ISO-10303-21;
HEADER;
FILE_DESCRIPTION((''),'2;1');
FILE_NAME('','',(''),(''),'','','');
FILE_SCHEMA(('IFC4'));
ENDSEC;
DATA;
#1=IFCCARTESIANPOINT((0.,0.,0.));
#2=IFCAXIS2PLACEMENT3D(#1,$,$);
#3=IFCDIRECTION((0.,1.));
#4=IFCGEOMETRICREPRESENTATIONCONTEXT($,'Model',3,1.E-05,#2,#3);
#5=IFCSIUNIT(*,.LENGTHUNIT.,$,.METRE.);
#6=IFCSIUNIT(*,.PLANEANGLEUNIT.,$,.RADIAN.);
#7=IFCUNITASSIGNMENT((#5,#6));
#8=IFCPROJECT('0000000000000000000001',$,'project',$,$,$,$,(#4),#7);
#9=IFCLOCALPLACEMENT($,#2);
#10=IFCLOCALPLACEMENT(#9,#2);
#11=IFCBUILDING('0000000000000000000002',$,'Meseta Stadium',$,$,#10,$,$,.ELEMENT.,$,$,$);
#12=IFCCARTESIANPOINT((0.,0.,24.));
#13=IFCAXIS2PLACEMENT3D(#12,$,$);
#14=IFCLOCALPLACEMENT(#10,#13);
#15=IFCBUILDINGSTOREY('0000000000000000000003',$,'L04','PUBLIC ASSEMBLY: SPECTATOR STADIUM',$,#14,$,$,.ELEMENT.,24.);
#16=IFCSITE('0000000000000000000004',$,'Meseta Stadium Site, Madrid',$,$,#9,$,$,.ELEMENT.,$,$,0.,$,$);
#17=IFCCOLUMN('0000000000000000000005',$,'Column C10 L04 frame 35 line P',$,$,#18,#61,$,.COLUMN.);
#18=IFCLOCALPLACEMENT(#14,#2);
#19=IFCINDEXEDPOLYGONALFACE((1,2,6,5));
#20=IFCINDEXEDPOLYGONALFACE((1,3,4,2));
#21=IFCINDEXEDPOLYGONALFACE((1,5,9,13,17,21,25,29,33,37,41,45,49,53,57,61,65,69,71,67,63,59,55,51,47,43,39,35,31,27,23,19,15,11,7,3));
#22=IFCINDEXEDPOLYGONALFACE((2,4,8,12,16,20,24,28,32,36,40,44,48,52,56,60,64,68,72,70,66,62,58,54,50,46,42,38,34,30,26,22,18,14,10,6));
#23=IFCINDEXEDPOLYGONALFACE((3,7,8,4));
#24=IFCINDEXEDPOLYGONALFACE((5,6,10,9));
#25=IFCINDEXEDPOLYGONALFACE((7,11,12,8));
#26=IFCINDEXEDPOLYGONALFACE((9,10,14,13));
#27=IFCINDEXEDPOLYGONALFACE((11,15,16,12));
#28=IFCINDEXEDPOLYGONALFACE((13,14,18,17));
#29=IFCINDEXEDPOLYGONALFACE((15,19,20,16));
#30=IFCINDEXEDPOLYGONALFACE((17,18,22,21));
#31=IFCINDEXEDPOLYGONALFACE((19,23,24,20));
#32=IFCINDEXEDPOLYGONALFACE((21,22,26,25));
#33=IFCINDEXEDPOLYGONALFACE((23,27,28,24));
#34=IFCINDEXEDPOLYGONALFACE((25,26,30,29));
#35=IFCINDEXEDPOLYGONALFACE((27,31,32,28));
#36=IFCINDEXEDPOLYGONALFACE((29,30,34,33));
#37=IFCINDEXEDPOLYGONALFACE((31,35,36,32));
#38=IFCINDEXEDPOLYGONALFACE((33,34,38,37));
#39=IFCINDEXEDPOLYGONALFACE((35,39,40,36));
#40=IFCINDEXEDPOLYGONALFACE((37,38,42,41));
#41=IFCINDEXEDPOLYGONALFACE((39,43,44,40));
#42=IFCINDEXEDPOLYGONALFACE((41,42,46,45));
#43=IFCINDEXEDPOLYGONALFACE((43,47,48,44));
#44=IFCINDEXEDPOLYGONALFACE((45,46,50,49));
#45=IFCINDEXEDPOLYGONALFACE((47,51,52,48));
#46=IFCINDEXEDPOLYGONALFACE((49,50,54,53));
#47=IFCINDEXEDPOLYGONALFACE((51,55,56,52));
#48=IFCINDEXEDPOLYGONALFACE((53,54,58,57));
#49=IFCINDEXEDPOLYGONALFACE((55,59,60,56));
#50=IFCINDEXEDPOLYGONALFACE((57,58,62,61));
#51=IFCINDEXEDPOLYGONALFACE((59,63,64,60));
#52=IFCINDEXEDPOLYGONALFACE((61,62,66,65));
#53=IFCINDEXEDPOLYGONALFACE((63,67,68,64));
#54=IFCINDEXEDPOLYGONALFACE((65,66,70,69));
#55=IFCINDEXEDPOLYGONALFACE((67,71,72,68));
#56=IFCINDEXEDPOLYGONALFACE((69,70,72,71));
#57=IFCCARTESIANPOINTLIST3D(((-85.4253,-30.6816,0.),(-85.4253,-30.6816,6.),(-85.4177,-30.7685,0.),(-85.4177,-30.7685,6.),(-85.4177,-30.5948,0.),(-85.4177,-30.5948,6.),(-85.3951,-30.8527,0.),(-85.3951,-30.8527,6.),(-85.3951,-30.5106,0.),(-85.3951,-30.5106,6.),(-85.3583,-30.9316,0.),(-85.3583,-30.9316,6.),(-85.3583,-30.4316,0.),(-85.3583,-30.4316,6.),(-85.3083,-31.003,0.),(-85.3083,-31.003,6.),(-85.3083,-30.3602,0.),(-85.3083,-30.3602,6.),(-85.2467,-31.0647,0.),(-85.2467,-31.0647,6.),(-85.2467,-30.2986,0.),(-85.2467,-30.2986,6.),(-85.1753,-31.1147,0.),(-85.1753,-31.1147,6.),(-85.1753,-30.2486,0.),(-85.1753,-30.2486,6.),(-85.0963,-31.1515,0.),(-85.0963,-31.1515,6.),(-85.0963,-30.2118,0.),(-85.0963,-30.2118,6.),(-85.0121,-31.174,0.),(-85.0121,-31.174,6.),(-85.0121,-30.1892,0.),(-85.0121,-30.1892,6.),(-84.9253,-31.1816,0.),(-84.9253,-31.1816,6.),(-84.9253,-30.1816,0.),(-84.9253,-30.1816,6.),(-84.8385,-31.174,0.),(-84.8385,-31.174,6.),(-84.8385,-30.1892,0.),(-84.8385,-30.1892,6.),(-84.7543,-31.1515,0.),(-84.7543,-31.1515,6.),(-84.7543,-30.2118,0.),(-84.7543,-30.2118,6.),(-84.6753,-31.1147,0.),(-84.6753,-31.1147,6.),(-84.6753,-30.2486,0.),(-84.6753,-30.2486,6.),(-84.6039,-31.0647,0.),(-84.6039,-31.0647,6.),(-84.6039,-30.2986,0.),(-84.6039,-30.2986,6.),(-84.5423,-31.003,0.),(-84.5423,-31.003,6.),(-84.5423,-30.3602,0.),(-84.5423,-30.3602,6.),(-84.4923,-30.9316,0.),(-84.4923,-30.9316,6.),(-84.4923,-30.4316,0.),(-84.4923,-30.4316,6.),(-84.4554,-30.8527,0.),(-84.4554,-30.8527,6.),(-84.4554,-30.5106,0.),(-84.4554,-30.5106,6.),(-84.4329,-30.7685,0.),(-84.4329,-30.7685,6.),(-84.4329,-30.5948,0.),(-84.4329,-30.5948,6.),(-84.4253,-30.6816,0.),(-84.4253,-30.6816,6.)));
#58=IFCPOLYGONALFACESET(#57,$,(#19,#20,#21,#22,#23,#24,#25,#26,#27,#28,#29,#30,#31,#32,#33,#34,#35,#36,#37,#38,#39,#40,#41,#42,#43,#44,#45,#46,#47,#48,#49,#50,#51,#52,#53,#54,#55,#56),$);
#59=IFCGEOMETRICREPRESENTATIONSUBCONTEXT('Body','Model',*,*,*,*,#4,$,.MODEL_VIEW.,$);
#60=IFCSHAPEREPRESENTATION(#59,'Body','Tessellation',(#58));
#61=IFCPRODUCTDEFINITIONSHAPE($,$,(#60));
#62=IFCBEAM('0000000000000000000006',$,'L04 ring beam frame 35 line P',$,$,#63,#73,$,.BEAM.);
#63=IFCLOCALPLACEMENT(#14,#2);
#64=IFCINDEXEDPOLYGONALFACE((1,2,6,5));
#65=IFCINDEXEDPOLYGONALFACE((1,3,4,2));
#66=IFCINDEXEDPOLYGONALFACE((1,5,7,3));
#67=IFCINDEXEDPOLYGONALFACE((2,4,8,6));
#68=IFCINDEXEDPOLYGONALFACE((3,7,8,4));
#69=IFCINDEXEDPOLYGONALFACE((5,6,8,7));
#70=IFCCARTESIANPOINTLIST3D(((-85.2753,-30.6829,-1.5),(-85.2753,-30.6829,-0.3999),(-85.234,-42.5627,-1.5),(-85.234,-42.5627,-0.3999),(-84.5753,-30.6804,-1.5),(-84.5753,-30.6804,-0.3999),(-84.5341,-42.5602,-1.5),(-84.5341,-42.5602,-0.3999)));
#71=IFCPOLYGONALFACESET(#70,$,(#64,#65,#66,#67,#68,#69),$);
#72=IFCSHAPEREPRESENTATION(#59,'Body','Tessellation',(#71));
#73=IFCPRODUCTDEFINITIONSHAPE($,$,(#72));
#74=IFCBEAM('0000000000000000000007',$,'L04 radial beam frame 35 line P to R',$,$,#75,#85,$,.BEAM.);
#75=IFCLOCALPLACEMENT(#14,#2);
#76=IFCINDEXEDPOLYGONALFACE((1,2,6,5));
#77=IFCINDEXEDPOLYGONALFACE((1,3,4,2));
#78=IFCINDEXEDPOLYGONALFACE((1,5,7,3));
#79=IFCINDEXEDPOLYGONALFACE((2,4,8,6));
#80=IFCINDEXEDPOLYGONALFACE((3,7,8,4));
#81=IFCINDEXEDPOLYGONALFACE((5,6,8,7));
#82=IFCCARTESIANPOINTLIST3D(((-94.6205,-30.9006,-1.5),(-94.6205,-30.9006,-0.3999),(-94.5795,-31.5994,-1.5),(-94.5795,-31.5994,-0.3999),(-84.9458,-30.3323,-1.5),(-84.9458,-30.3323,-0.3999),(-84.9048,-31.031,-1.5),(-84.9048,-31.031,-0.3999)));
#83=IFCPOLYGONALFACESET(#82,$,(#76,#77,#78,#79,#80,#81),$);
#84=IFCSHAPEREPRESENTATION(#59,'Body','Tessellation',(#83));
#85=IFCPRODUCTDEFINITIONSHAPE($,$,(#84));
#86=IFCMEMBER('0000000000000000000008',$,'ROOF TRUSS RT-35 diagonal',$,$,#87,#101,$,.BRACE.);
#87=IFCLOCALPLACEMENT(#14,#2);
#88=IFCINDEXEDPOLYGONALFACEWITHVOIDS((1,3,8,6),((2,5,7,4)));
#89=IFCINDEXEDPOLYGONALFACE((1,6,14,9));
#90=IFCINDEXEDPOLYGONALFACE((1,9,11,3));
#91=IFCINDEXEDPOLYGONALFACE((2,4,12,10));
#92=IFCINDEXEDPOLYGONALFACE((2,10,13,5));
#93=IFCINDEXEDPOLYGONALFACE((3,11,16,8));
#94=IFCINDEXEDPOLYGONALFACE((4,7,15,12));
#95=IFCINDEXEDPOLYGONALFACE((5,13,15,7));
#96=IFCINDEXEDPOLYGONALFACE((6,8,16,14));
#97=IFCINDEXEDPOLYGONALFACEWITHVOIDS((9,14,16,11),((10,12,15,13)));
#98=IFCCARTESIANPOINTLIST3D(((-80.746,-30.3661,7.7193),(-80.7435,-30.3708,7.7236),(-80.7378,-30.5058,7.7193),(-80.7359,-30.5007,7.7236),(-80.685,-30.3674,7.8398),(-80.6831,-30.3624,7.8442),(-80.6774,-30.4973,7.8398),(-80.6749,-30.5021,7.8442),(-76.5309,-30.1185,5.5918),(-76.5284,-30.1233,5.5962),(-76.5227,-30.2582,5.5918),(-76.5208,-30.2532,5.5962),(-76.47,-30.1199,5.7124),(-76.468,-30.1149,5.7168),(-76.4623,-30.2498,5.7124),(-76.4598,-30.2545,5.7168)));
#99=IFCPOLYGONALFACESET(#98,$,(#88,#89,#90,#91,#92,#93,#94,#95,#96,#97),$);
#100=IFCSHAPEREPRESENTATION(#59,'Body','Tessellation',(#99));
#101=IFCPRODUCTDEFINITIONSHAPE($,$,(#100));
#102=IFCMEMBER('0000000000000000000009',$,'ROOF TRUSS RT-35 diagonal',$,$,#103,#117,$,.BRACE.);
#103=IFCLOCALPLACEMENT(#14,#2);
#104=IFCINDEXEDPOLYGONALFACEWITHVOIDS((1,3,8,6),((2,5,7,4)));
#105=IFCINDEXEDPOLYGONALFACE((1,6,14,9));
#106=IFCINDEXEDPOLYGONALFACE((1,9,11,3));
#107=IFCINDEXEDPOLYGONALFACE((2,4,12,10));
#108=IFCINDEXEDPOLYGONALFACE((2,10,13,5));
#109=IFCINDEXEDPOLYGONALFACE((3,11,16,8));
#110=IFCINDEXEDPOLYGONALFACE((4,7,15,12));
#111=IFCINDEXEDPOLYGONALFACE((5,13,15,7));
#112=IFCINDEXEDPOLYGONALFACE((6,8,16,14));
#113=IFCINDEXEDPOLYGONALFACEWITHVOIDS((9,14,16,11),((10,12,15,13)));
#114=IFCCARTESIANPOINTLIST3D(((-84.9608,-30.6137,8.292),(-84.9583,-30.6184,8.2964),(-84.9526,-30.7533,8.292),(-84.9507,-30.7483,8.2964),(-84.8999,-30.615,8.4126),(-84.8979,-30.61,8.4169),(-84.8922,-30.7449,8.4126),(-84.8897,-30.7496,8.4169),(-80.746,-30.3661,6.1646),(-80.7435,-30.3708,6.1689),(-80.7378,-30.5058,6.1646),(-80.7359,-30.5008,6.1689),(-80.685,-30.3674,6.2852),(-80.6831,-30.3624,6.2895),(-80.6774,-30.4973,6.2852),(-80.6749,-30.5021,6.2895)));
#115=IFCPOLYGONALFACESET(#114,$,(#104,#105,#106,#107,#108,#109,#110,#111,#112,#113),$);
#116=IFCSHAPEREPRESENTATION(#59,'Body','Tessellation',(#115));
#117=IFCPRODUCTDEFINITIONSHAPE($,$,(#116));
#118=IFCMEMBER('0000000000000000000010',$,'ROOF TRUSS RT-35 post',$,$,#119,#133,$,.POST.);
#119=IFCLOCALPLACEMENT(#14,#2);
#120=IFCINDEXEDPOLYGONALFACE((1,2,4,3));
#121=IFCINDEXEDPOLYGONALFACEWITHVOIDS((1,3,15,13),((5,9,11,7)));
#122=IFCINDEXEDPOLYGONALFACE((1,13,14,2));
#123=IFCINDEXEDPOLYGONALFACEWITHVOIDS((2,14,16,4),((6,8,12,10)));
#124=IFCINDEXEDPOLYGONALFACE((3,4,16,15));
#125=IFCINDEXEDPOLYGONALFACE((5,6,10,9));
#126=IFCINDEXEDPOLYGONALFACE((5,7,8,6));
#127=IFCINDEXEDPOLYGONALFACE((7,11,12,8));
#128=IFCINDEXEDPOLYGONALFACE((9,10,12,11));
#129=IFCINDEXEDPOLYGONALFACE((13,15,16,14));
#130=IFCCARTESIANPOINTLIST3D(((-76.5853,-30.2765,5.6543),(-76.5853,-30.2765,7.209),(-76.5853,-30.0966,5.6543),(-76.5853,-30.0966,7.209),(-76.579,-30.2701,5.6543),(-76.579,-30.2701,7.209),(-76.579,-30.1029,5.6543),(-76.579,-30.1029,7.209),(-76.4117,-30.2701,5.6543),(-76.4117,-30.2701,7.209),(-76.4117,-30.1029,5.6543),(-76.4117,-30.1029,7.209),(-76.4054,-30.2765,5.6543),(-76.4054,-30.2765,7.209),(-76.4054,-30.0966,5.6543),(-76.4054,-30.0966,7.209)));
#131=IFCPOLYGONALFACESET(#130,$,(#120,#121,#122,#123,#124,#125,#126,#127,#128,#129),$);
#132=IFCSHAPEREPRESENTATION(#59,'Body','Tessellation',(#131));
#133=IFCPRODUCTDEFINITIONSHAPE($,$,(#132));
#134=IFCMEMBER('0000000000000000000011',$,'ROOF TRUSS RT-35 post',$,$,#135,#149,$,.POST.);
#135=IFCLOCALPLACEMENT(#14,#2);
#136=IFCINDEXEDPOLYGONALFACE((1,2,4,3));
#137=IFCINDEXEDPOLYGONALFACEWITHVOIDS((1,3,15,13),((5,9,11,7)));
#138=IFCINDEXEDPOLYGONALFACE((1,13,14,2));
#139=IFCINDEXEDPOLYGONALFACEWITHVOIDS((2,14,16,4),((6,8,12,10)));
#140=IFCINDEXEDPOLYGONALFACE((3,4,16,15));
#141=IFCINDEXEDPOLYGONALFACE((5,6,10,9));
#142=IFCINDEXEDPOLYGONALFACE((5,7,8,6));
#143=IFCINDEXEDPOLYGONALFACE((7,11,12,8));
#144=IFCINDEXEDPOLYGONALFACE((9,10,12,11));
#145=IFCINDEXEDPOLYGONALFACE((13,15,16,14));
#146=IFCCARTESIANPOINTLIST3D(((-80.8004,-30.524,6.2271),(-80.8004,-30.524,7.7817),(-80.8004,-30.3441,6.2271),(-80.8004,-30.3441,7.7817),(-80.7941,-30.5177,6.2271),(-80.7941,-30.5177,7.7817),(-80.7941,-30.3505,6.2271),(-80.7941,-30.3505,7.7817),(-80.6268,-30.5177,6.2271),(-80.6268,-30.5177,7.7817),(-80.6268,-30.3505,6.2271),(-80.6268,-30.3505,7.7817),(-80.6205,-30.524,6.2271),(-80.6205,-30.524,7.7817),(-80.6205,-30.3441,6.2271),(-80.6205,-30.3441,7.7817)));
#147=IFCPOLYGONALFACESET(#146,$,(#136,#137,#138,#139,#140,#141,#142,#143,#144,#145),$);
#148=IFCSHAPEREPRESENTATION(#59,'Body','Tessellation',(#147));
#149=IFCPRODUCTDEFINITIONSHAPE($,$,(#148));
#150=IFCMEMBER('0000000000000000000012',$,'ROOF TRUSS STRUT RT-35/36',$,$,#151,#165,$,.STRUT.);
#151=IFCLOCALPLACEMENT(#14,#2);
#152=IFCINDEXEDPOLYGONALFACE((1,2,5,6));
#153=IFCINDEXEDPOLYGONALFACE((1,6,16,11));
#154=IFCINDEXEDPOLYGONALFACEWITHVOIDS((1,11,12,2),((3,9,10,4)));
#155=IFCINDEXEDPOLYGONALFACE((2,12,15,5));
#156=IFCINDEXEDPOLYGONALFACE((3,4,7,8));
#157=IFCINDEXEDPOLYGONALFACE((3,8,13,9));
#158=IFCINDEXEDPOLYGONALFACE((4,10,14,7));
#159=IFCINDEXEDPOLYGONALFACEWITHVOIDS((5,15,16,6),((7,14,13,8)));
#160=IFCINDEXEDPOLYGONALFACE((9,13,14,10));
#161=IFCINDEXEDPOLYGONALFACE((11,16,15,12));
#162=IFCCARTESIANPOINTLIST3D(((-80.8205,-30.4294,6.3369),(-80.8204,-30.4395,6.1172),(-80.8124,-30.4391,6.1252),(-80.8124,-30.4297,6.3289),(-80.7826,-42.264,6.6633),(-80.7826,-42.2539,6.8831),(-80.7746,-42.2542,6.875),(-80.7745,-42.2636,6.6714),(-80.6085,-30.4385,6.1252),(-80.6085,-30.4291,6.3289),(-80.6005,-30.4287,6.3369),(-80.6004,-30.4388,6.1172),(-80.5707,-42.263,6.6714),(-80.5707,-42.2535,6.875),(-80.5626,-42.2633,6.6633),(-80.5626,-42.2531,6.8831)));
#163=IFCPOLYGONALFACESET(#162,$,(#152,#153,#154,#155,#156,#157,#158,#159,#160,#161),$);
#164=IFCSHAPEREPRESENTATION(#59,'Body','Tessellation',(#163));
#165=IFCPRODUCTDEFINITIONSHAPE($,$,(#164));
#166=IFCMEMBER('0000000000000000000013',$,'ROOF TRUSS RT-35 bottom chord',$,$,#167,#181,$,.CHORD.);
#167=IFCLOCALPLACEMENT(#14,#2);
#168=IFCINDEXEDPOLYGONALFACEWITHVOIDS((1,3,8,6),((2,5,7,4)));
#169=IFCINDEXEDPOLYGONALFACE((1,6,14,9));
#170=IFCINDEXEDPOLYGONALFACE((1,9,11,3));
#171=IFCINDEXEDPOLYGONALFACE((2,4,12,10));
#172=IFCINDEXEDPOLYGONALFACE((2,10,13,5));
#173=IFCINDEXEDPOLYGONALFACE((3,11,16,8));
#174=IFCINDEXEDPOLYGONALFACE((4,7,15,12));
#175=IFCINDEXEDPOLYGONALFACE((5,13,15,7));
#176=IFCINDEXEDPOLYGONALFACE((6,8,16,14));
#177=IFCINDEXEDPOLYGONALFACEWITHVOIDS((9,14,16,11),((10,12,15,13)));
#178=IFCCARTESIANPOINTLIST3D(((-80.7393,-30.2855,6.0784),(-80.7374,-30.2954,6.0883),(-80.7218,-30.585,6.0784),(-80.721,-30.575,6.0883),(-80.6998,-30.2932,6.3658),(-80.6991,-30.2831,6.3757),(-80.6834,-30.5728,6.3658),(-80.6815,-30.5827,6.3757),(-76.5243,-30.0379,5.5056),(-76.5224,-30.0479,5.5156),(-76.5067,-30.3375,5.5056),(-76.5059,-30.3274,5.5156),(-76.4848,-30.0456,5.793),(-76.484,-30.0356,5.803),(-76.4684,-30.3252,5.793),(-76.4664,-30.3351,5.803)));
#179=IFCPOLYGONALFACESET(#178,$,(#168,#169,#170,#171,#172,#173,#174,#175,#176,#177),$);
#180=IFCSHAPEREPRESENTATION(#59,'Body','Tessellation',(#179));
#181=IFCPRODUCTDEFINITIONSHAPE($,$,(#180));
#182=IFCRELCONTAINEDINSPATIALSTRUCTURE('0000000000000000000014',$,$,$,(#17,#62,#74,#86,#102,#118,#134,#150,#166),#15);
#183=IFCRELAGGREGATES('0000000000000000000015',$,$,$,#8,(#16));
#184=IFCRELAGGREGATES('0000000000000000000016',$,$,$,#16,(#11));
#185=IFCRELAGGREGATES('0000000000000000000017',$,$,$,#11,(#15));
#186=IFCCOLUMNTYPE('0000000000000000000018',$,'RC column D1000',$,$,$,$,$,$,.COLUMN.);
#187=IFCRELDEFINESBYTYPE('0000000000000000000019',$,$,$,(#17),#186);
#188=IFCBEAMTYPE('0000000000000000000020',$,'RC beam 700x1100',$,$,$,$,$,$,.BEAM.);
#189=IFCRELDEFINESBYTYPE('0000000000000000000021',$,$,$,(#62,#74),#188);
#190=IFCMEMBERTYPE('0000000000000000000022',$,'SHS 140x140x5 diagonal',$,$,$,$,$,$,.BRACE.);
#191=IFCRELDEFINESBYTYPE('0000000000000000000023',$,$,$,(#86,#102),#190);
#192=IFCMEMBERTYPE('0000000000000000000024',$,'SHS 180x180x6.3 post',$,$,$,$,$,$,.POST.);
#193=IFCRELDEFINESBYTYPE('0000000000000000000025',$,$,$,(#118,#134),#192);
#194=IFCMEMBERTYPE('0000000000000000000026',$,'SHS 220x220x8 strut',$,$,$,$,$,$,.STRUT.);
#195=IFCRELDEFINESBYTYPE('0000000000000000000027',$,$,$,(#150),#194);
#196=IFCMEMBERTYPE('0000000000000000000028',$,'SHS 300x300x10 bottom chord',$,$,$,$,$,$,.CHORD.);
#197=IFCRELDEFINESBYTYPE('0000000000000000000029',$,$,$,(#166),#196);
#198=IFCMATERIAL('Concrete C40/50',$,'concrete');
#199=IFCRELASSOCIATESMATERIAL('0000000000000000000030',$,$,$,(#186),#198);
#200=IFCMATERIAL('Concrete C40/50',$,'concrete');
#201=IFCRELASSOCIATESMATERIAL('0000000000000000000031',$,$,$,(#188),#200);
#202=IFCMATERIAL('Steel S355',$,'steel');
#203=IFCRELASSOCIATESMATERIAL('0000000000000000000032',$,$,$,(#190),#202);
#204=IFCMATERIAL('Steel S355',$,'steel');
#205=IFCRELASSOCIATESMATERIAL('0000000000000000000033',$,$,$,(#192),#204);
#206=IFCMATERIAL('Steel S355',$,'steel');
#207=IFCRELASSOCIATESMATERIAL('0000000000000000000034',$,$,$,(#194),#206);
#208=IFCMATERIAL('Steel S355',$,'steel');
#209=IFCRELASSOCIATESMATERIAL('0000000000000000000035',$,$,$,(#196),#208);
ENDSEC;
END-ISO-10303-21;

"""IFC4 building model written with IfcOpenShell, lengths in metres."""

from ifc_helpers import new_model, si_unit, direction, frame, origin, origin_2d, place, context, subcontext, project, spatial, rectangle, hollow_rectangle, circle, extrude, material, material_profile, profile_set, type_object, element, save


model = new_model("IFC4")

# Units and contexts
model_context = context("Model", 3, precision=1e-05, world=origin(), true_north=direction((0.0, 1.0)))
body_context = subcontext(model_context, "Body", "Model", "MODEL_VIEW")
ifc_project = project(units=[si_unit("LENGTHUNIT", "METRE"), si_unit("PLANEANGLEUNIT", "RADIAN")], contexts=[model_context])

# Site, building, storey
site_placement = place(None, origin())
site = spatial("IfcSite", under=ifc_project, at=site_placement, Name="Meseta Stadium Site, Madrid", CompositionType="ELEMENT", RefElevation=0.0)
building_placement = place(site_placement, origin())
building = spatial("IfcBuilding", under=site, at=building_placement, Name="Meseta Stadium", CompositionType="ELEMENT")
storey_placement = place(building_placement, frame((0.0, 0.0, 24.0)))
storey = spatial("IfcBuildingStorey", under=building, at=storey_placement, Name="L04", Description="PUBLIC ASSEMBLY: SPECTATOR STADIUM", CompositionType="ELEMENT", Elevation=24.0)

# Column
ifc_material_1 = material(Name="Concrete C40/50", Category="concrete")
ifc_material_profile_1 = material_profile(ifc_material_1, circle(Radius=0.5, at=origin_2d()), Name="RC D1000")
ifc_profile_set_1 = profile_set([ifc_material_profile_1], Name="Concrete C40/50")
column_type = type_object("IfcColumnType", Name="RC column D1000", PredefinedType="COLUMN", material=ifc_profile_set_1)
column_placement = place(storey_placement, frame((-84.9253, -30.6816, 0.0), z_axis=(0.0, 0.0, 1.0), x_axis=(1.0, 0.0, 0.0)))
element("IfcColumn", 1, at=column_placement, inside=storey, type_object=column_type, Name="Column C10 L04 frame 35 line P", PredefinedType="COLUMN", context=body_context, shape_type="SweptSolid", body=[
    extrude(circle(Radius=0.5, at=origin_2d()), origin(), (0.0, 0.0, 1.0), 6.0),
])

# Beams
ifc_material_2 = material(Name="Concrete C40/50", Category="concrete")
ifc_material_profile_2 = material_profile(ifc_material_2, rectangle(XDim=0.7, YDim=1.1001, at=origin_2d()), Name="RC 700x1100")
ifc_profile_set_2 = profile_set([ifc_material_profile_2], Name="Concrete C40/50")
beam_type = type_object("IfcBeamType", Name="RC beam 700x1100", PredefinedType="BEAM", material=ifc_profile_set_2)
beam_1_placement = place(storey_placement, frame((-84.9253, -30.6816, -0.95), z_axis=(0.003473, -0.999994, 0.0), x_axis=(0.999994, 0.003473, 0.0)))
element("IfcBeam", 2, at=beam_1_placement, inside=storey, type_object=beam_type, Name="L04 ring beam frame 35 line P", PredefinedType="BEAM", context=body_context, shape_type="SweptSolid", body=[
    extrude(rectangle(XDim=0.7, YDim=1.1001, at=origin_2d()), origin(), (0.0, 0.0, 1.0), 11.8799),
])
beam_2_placement = place(storey_placement, frame((-84.9253, -30.6816, -0.95), z_axis=(-0.998279, -0.058645, 0.0), x_axis=(0.058645, -0.998279, 0.0)))
element("IfcBeam", 3, at=beam_2_placement, inside=storey, type_object=beam_type, Name="L04 radial beam frame 35 line P to R", PredefinedType="BEAM", context=body_context, shape_type="SweptSolid", body=[
    extrude(rectangle(XDim=0.7, YDim=1.1001, at=origin_2d()), origin(), (0.0, 0.0, 1.0), 9.6914),
])

# Members
ifc_material_3 = material(Name="Steel S355", Category="steel")
ifc_material_profile_3 = material_profile(ifc_material_3, hollow_rectangle(XDim=0.1399, YDim=0.1399, WallThickness=0.0049, at=origin_2d()), Name="SHS 140x140x5")
ifc_profile_set_3 = profile_set([ifc_material_profile_3], Name="Steel S355")
member_type_1 = type_object("IfcMemberType", Name="SHS 140x140x5 diagonal", PredefinedType="BRACE", material=ifc_profile_set_3)
member_1_placement = place(storey_placement, frame((-76.4954, -30.1865, 5.6543), z_axis=(-0.891511, -0.05236, 0.449964), x_axis=(0.058631, -0.99828, 0.0)))
element("IfcMember", 4, at=member_1_placement, inside=storey, type_object=member_type_1, Name="ROOF TRUSS RT-35 diagonal", PredefinedType="BRACE", context=body_context, shape_type="SweptSolid", body=[
    extrude(hollow_rectangle(XDim=0.1399, YDim=0.1399, WallThickness=0.0049, at=origin_2d()), origin(), (0.0, 0.0, 1.0), 4.728),
])
member_2_placement = place(storey_placement, frame((-80.7104, -30.4341, 6.2271), z_axis=(-0.8915, -0.052362, 0.449984), x_axis=(0.058634, -0.99828, 0.0)))
element("IfcMember", 5, at=member_2_placement, inside=storey, type_object=member_type_1, Name="ROOF TRUSS RT-35 diagonal", PredefinedType="BRACE", context=body_context, shape_type="SweptSolid", body=[
    extrude(hollow_rectangle(XDim=0.1399, YDim=0.1399, WallThickness=0.0049, at=origin_2d()), origin(), (0.0, 0.0, 1.0), 4.7278),
])
ifc_material_4 = material(Name="Steel S355", Category="steel")
ifc_material_profile_4 = material_profile(ifc_material_4, hollow_rectangle(XDim=0.1799, YDim=0.1799, WallThickness=0.0063, at=origin_2d()), Name="SHS 180x180x6.3")
ifc_profile_set_4 = profile_set([ifc_material_profile_4], Name="Steel S355")
member_type_2 = type_object("IfcMemberType", Name="SHS 180x180x6.3 post", PredefinedType="POST", material=ifc_profile_set_4)
for number, where, z_axis, x_axis, name in (
    (6, (-76.4954, -30.1865, 5.6543), (0.0, 0.0, 1.0), (1.0, 0.0, 0.0), "ROOF TRUSS RT-35 post"),
    (7, (-80.7104, -30.4341, 6.2271), (0.0, 0.0, 1.0), (1.0, 0.0, 0.0), "ROOF TRUSS RT-35 post"),
):
    element("IfcMember", number, at=place(storey_placement, frame(where, z_axis=z_axis, x_axis=x_axis)), inside=storey, type_object=member_type_2, Name=name, PredefinedType="POST", context=body_context, shape_type="SweptSolid", body=[
        extrude(hollow_rectangle(XDim=0.1799, YDim=0.1799, WallThickness=0.0063, at=origin_2d()), origin(), (0.0, 0.0, 1.0), 1.5547),
    ])
ifc_material_5 = material(Name="Steel S355", Category="steel")
ifc_material_profile_5 = material_profile(ifc_material_5, hollow_rectangle(XDim=0.22, YDim=0.22, WallThickness=0.0081, at=origin_2d()), Name="SHS 220x220x8")
ifc_profile_set_5 = profile_set([ifc_material_profile_5], Name="Steel S355")
member_type_3 = type_object("IfcMemberType", Name="SHS 220x220x8 strut", PredefinedType="STRUT", material=ifc_profile_set_5)
member_3_placement = place(storey_placement, frame((-80.7104, -30.4341, 6.2271), z_axis=(0.003197, -0.99893, 0.046138), x_axis=(0.999995, 0.0032, 0.0)))
element("IfcMember", 8, at=member_3_placement, inside=storey, type_object=member_type_3, Name="ROOF TRUSS STRUT RT-35/36", PredefinedType="STRUT", context=body_context, shape_type="SweptSolid", body=[
    extrude(hollow_rectangle(XDim=0.22, YDim=0.22, WallThickness=0.0081, at=origin_2d()), origin(), (0.0, 0.0, 1.0), 11.8372),
])
ifc_material_6 = material(Name="Steel S355", Category="steel")
ifc_material_profile_6 = material_profile(ifc_material_6, hollow_rectangle(XDim=0.3, YDim=0.3, WallThickness=0.01, at=origin_2d()), Name="SHS 300x300x10")
ifc_profile_set_6 = profile_set([ifc_material_profile_6], Name="Steel S355")
member_type_4 = type_object("IfcMemberType", Name="SHS 300x300x10 bottom chord", PredefinedType="CHORD", material=ifc_profile_set_6)
member_4_placement = place(storey_placement, frame((-76.4954, -30.1865, 5.6543), z_axis=(-0.98922, -0.058098, 0.134417), x_axis=(0.058631, -0.99828, 0.0)))
element("IfcMember", 9, at=member_4_placement, inside=storey, type_object=member_type_4, Name="ROOF TRUSS RT-35 bottom chord", PredefinedType="CHORD", context=body_context, shape_type="SweptSolid", body=[
    extrude(hollow_rectangle(XDim=0.3, YDim=0.3, WallThickness=0.01, at=origin_2d()), origin(), (0.0, 0.0, 1.0), 4.261),
])

save(model, "model.ifc")
